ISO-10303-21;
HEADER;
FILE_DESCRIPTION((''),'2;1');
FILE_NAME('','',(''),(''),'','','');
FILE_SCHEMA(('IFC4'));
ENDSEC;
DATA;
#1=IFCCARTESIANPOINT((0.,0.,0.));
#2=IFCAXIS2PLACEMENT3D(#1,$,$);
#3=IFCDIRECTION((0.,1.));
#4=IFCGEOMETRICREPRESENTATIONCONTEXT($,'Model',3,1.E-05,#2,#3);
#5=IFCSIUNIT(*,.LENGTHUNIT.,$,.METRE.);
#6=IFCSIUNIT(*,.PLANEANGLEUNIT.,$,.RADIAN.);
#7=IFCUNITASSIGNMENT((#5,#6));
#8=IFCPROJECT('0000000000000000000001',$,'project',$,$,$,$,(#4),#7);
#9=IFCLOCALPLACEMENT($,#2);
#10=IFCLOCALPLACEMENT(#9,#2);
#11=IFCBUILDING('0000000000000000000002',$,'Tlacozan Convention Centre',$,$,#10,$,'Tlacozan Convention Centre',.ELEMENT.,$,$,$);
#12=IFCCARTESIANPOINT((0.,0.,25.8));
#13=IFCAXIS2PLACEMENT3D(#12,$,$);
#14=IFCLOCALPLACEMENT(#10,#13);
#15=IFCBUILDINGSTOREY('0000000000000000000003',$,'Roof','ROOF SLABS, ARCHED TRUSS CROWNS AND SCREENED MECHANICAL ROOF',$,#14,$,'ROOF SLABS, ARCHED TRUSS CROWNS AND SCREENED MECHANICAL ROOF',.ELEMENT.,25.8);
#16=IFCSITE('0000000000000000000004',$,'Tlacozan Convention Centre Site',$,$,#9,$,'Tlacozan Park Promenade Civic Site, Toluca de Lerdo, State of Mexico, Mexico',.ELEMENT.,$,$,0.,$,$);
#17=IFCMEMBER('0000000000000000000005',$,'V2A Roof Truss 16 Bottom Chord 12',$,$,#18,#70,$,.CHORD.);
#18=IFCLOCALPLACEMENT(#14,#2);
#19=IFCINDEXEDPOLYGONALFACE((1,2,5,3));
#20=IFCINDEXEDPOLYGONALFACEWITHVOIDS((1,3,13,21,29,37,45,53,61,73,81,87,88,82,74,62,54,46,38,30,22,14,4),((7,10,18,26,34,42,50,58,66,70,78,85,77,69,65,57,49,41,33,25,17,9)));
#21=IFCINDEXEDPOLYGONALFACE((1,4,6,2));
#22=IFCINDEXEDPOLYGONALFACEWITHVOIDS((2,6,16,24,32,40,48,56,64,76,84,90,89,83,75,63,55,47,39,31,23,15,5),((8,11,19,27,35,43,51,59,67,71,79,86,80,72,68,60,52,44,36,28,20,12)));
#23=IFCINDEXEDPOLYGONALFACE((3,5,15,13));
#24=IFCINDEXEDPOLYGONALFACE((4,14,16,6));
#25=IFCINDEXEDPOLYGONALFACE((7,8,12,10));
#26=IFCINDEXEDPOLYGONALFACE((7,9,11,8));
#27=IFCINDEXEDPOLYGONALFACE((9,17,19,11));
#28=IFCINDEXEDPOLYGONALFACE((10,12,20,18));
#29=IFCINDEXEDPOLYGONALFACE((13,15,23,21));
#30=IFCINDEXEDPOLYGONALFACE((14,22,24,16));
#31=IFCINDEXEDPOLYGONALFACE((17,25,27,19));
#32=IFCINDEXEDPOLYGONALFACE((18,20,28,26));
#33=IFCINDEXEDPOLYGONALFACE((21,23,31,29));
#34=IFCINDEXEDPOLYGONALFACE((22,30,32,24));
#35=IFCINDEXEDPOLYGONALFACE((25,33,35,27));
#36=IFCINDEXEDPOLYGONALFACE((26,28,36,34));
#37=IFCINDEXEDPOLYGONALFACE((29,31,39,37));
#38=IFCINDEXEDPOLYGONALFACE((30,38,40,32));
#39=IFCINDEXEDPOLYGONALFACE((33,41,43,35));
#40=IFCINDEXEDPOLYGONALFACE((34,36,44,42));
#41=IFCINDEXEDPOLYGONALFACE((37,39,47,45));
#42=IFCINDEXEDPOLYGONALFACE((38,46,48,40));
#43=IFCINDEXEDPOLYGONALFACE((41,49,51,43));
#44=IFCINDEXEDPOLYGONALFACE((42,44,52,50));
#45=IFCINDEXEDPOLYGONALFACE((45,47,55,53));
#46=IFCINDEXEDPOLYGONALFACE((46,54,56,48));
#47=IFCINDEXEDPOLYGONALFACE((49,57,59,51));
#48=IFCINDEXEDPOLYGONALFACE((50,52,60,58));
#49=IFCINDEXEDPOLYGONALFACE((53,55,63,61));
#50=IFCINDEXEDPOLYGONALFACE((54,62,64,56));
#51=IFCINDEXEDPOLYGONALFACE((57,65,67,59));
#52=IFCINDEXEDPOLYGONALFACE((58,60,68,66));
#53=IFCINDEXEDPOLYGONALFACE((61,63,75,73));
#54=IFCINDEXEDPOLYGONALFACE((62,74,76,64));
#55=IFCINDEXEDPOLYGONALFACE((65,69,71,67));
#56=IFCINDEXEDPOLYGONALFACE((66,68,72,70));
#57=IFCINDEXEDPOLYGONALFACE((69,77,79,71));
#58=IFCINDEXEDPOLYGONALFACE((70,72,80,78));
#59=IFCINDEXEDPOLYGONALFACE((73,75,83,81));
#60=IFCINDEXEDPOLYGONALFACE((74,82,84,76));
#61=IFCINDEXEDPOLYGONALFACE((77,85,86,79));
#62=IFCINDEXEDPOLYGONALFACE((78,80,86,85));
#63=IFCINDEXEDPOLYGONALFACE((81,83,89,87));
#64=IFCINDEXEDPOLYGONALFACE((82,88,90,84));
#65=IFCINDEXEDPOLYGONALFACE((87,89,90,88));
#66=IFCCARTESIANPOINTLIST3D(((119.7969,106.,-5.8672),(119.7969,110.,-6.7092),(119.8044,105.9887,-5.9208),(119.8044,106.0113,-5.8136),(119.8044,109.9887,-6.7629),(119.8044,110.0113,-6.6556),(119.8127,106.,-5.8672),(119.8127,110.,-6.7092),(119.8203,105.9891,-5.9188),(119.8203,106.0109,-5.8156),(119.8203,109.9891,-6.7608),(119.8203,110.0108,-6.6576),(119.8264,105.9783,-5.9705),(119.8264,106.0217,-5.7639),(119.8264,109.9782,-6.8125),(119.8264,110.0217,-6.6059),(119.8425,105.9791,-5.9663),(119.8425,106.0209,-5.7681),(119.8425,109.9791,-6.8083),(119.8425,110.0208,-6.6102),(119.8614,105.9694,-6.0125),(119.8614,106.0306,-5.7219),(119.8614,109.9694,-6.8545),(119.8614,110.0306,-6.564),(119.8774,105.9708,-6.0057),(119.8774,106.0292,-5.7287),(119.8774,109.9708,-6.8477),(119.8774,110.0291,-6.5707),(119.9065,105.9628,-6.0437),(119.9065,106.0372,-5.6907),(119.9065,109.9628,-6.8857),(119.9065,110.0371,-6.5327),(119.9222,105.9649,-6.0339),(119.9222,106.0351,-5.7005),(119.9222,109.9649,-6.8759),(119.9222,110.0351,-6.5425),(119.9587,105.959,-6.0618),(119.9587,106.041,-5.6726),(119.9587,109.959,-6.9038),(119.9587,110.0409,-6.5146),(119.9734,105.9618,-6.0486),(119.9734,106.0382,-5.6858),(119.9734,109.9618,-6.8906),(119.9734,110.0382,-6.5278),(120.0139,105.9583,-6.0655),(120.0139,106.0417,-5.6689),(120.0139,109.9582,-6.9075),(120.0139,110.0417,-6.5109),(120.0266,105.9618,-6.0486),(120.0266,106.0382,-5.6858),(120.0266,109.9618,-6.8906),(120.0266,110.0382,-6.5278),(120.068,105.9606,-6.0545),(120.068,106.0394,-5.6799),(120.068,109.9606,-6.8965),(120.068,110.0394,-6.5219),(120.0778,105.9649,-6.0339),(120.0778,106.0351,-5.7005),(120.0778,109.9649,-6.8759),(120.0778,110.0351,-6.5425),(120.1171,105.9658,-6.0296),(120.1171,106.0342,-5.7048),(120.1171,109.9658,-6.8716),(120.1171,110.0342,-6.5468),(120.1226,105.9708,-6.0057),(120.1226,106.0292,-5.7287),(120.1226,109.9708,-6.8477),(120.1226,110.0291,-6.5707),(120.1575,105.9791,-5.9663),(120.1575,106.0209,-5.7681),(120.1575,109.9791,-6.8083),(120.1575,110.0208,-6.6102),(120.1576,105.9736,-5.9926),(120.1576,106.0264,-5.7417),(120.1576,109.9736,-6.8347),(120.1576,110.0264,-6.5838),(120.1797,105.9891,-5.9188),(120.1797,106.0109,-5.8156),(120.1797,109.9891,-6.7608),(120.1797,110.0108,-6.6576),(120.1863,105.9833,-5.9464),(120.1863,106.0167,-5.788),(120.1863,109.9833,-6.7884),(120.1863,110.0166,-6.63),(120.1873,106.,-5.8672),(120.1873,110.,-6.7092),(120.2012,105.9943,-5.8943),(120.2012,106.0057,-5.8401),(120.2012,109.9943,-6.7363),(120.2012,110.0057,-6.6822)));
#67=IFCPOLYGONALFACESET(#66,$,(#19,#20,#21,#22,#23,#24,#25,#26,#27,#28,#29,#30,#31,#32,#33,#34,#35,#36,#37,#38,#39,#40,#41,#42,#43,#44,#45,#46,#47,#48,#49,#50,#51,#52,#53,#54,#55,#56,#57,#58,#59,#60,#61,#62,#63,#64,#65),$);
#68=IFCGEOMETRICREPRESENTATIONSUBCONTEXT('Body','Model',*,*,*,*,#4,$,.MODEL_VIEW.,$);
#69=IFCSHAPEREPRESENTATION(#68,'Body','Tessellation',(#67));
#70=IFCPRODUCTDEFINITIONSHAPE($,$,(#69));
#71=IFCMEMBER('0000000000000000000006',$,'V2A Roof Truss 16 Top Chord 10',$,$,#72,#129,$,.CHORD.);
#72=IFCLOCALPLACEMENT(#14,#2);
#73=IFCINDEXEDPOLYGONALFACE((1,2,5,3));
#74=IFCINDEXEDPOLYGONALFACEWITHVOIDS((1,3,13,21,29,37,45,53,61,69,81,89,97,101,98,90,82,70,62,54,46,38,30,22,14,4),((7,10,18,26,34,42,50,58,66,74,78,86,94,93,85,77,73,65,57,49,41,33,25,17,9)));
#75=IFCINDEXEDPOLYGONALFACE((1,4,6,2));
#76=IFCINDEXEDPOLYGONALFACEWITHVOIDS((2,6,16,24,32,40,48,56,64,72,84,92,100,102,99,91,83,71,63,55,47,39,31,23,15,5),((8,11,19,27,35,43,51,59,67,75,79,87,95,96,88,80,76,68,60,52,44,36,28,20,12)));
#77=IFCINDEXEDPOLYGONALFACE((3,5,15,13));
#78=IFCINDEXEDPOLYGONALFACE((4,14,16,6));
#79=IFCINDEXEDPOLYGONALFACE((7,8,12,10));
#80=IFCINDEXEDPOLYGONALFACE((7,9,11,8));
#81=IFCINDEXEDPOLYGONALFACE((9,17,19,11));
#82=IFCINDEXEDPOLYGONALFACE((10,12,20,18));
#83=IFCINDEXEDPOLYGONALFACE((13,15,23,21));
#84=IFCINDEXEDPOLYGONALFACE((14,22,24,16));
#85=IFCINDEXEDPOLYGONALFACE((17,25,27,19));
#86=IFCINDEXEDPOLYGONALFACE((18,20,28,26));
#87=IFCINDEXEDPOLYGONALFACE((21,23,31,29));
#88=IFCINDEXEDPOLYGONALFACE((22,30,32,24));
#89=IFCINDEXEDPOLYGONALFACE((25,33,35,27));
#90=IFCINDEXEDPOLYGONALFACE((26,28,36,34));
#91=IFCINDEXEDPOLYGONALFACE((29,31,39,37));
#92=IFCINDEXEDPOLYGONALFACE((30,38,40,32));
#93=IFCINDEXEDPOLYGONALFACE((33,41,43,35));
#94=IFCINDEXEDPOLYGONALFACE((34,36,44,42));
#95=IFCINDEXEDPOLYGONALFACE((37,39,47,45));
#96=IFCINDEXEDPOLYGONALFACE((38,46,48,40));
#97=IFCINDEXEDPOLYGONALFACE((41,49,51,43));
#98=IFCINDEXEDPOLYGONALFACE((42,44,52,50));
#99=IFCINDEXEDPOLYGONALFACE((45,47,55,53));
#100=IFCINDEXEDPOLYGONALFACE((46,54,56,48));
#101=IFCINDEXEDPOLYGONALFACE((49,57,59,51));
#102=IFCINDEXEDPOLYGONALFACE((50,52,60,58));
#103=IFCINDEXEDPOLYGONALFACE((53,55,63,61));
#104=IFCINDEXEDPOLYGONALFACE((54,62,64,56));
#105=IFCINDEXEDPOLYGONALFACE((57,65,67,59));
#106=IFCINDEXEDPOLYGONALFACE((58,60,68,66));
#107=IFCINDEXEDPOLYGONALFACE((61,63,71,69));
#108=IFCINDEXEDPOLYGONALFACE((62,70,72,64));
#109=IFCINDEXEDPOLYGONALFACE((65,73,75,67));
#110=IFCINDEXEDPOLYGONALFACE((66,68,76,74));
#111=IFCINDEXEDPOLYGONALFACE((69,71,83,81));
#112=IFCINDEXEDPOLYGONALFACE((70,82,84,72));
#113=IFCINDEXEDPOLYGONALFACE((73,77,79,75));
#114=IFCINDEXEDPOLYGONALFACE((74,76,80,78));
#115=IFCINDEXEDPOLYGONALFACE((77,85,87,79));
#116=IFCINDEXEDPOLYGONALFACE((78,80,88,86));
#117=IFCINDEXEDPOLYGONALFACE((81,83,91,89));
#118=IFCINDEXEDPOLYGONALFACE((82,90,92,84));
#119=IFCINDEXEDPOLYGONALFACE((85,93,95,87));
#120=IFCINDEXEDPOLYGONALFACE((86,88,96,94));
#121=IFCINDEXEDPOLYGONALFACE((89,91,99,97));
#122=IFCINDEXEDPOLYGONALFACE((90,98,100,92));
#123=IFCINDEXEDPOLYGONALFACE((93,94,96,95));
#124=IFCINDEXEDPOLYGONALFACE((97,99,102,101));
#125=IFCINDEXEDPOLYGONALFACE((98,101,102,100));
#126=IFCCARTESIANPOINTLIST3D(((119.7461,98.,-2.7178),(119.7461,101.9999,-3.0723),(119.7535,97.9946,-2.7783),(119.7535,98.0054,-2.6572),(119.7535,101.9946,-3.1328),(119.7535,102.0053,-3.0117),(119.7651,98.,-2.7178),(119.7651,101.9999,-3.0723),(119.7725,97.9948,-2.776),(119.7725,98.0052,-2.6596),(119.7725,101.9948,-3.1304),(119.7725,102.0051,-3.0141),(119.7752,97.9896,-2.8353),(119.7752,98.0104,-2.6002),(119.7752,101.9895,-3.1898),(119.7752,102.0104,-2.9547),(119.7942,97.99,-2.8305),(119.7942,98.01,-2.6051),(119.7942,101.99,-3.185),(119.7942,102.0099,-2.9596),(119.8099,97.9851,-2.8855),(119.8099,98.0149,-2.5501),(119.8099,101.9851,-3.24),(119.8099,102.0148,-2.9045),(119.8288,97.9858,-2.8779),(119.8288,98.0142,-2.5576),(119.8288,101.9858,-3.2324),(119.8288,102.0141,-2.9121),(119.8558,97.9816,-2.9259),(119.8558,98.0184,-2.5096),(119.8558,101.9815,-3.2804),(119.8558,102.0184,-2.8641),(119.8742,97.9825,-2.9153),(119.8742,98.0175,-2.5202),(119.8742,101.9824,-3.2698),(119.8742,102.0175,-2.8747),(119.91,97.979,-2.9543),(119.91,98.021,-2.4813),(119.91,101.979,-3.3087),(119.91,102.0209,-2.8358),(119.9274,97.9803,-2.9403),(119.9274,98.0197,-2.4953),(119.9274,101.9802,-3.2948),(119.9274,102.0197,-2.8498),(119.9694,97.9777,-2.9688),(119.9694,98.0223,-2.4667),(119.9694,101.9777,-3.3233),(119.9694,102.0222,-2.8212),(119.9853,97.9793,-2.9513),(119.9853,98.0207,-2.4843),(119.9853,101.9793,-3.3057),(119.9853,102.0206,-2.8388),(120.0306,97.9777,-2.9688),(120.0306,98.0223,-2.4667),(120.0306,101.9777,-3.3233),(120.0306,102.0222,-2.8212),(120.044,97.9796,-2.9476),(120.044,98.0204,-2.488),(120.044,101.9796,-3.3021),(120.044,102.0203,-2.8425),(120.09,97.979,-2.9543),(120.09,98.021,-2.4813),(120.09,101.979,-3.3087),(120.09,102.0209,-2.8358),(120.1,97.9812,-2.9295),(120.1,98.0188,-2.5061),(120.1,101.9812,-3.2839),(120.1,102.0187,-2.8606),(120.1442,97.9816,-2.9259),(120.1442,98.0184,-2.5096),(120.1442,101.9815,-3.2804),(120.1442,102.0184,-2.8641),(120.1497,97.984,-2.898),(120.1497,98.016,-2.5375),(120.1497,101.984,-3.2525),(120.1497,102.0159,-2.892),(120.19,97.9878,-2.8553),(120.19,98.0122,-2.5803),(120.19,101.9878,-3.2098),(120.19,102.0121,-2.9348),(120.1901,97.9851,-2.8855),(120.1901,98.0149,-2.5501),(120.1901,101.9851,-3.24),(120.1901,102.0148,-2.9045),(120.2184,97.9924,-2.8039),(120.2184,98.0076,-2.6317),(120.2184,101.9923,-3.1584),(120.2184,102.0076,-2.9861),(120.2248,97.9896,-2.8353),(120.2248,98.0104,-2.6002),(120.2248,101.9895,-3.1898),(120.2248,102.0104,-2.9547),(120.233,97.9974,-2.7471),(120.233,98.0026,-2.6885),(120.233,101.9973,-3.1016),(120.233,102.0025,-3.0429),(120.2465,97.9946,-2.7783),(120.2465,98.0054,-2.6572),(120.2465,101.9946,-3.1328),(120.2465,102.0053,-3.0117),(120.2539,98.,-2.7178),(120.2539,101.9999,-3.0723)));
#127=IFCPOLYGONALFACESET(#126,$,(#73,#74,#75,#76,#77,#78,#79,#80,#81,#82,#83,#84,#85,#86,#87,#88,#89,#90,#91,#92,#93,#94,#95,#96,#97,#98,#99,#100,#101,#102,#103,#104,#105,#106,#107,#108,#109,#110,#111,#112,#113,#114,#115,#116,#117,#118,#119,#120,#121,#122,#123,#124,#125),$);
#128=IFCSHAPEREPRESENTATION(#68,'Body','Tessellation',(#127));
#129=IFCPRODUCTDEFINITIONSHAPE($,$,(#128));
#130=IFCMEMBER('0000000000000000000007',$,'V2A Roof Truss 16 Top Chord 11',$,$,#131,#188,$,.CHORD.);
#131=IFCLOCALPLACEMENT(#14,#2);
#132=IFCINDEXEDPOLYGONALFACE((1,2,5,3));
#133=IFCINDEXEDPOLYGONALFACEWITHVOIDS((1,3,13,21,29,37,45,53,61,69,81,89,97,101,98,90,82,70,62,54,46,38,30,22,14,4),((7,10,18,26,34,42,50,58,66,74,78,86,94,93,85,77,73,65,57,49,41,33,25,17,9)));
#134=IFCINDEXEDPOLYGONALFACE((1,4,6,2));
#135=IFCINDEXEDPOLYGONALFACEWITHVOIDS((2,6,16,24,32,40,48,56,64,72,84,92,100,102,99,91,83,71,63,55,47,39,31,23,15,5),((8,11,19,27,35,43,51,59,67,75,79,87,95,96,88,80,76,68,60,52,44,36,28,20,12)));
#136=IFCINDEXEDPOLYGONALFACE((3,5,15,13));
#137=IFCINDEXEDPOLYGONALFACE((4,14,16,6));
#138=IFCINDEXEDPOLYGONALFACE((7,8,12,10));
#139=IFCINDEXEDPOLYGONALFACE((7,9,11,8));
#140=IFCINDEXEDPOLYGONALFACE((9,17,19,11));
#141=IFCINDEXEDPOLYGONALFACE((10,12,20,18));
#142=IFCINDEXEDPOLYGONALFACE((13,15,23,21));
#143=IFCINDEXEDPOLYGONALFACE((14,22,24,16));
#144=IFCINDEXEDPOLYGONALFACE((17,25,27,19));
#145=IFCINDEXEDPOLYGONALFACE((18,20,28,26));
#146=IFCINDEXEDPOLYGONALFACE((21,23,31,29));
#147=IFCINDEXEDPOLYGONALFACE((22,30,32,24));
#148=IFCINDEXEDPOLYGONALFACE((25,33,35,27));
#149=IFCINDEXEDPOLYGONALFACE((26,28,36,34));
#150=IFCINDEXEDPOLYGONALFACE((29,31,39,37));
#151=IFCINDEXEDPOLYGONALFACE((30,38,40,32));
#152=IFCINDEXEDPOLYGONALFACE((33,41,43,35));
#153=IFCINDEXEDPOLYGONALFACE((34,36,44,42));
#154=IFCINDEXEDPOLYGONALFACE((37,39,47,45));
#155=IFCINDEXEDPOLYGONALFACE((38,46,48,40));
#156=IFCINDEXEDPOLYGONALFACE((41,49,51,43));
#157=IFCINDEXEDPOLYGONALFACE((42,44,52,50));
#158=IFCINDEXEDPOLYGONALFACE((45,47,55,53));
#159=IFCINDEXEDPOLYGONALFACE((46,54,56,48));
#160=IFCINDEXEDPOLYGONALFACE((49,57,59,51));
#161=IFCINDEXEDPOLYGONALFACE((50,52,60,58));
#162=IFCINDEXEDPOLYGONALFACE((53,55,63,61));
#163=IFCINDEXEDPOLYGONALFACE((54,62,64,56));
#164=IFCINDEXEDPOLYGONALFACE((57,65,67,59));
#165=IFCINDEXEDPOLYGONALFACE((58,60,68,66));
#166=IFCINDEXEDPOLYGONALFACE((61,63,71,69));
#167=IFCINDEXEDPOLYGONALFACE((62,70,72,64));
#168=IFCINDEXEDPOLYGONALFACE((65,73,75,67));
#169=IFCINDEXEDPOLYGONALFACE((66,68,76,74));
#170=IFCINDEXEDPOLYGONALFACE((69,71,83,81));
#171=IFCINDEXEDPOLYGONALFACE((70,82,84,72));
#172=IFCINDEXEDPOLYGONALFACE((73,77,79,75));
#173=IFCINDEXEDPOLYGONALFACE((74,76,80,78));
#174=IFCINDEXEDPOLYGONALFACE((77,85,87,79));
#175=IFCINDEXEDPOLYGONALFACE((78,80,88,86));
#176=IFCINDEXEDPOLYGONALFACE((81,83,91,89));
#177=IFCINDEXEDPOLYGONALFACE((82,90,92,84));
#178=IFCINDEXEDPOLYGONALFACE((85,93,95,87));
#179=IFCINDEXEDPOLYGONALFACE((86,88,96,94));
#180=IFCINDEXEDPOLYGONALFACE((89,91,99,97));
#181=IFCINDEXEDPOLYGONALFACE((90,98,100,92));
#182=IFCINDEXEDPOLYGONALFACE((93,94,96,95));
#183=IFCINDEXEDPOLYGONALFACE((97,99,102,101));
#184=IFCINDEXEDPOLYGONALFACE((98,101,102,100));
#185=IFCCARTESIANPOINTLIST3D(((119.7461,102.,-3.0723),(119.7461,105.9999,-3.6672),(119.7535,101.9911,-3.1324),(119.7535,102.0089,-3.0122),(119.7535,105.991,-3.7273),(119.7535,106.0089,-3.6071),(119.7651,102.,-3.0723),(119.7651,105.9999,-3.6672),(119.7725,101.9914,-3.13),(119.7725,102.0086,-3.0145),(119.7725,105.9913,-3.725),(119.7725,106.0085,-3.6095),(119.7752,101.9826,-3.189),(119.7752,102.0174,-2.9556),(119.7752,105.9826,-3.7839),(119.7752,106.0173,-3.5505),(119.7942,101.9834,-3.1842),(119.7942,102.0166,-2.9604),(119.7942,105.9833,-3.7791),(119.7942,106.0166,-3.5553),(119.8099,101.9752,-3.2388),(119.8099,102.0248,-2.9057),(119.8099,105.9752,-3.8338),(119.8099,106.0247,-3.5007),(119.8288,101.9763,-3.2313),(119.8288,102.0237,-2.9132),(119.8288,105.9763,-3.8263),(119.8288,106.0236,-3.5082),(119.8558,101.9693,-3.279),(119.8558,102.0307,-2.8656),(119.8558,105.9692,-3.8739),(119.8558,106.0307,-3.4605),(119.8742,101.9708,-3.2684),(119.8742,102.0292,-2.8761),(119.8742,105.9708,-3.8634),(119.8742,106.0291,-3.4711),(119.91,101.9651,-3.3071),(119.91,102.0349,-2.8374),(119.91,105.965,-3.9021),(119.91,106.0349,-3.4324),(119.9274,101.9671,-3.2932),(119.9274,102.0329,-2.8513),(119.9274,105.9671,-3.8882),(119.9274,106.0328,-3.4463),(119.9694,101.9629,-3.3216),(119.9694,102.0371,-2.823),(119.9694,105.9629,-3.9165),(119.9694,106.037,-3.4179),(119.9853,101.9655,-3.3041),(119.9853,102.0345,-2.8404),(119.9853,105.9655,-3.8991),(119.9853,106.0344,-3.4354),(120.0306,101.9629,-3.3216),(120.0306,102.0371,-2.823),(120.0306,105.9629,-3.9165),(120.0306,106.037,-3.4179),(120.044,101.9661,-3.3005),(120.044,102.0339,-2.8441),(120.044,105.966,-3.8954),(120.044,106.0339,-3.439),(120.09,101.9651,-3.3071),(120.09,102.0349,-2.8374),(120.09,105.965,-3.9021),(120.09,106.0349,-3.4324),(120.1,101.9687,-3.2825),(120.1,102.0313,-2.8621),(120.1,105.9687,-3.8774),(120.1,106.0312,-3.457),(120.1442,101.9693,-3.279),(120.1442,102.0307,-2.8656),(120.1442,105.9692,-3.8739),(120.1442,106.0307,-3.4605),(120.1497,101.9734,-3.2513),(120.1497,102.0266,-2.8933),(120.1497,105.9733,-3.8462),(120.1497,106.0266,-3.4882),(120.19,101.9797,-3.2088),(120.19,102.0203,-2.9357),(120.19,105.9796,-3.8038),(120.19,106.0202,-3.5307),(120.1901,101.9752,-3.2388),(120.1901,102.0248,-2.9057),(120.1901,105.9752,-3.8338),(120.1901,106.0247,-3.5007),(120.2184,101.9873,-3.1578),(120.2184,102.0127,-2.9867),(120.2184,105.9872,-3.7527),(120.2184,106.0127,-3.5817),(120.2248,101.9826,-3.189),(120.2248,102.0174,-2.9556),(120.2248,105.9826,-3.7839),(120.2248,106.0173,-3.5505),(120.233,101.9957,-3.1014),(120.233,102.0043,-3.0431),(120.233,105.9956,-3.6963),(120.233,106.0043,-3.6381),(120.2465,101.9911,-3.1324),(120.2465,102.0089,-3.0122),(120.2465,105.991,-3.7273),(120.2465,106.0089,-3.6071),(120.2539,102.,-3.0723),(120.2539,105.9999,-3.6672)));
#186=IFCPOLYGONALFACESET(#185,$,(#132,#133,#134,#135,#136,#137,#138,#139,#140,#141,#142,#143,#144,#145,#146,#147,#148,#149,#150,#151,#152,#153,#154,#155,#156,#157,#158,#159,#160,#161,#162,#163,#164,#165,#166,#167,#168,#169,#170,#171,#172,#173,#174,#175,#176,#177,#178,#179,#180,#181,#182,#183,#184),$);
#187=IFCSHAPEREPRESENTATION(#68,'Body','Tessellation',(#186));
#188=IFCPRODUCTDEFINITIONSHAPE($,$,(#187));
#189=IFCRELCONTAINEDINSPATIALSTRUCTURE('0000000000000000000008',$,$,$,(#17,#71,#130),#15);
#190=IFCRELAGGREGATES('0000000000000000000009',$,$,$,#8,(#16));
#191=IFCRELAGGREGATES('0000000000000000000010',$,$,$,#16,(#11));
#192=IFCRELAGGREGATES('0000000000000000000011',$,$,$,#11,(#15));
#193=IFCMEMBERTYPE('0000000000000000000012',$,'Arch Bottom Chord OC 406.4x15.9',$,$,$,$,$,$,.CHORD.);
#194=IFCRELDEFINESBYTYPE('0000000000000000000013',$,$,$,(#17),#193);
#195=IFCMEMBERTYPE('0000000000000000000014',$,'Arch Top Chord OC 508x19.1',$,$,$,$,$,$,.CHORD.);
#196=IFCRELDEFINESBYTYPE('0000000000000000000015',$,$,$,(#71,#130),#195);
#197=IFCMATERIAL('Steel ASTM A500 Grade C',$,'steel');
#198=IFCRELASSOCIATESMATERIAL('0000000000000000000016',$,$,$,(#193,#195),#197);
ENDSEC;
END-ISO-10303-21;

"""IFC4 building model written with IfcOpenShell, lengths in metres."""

from ifc_helpers import new_model, si_unit, direction, frame, origin, origin_2d, place, context, subcontext, project, spatial, hollow_circle, extrude, material, material_profile, profile_set, type_object, element, save


model = new_model("IFC4")

# Units and contexts
model_context = context("Model", 3, precision=1e-05, world=origin(), true_north=direction((0.0, 1.0)))
body_context = subcontext(model_context, "Body", "Model", "MODEL_VIEW")
ifc_project = project(units=[si_unit("LENGTHUNIT", "METRE"), si_unit("PLANEANGLEUNIT", "RADIAN")], contexts=[model_context])

# Site, building, storey
site_placement = place(None, origin())
site = spatial("IfcSite", under=ifc_project, at=site_placement, Name="Tlacozan Convention Centre Site", LongName="Tlacozan Park Promenade Civic Site, Toluca de Lerdo, State of Mexico, Mexico", CompositionType="ELEMENT", RefElevation=0.0)
building_placement = place(site_placement, origin())
building = spatial("IfcBuilding", under=site, at=building_placement, Name="Tlacozan Convention Centre", LongName="Tlacozan Convention Centre", CompositionType="ELEMENT")
storey_placement = place(building_placement, frame((0.0, 0.0, 25.8)))
storey = spatial("IfcBuildingStorey", under=building, at=storey_placement, Name="Roof", Description="ROOF SLABS, ARCHED TRUSS CROWNS AND SCREENED MECHANICAL ROOF", LongName="ROOF SLABS, ARCHED TRUSS CROWNS AND SCREENED MECHANICAL ROOF", CompositionType="ELEMENT", Elevation=25.8)

# Members
ifc_material_1 = material(Name="Steel ASTM A500 Grade C", Category="steel")
ifc_material_profile_1 = material_profile(ifc_material_1, hollow_circle(Radius=0.2031, WallThickness=0.0159, at=origin_2d()), Name="OC 406.4x15.9")
ifc_profile_set_1 = profile_set([ifc_material_profile_1], Name="Steel ASTM A500 Grade C")
member_type_1 = type_object("IfcMemberType", Name="Arch Bottom Chord OC 406.4x15.9", PredefinedType="CHORD", material=ifc_profile_set_1)
member_1_placement = place(storey_placement, frame((120.0, 106.0, -5.8672), z_axis=(0.0, 0.978553, -0.205995), x_axis=(-1.0, 0.0, 0.0)))
element("IfcMember", 1, at=member_1_placement, inside=storey, type_object=member_type_1, Name="V2A Roof Truss 16 Bottom Chord 12", PredefinedType="CHORD", context=body_context, shape_type="SweptSolid", body=[
    extrude(hollow_circle(Radius=0.2031, WallThickness=0.0159, at=origin_2d()), origin(), (0.0, 0.0, 1.0), 4.0876),
])
ifc_material_profile_2 = material_profile(ifc_material_1, hollow_circle(Radius=0.2539, WallThickness=0.019, at=origin_2d()), Name="OC 508.0x19.1")
ifc_profile_set_2 = profile_set([ifc_material_profile_2], Name="Steel ASTM A500 Grade C")
member_type_2 = type_object("IfcMemberType", Name="Arch Top Chord OC 508x19.1", PredefinedType="CHORD", material=ifc_profile_set_2)
member_2_placement = place(storey_placement, frame((120.0, 98.0, -2.7178), z_axis=(0.0, 0.996096, -0.088277), x_axis=(-1.0, 0.0, 0.0)))
element("IfcMember", 2, at=member_2_placement, inside=storey, type_object=member_type_2, Name="V2A Roof Truss 16 Top Chord 10", PredefinedType="CHORD", context=body_context, shape_type="SweptSolid", body=[
    extrude(hollow_circle(Radius=0.2539, WallThickness=0.019, at=origin_2d()), origin(), (0.0, 0.0, 1.0), 4.0156),
])
member_3_placement = place(storey_placement, frame((120.0, 102.0, -3.0723), z_axis=(0.0, 0.989118, -0.147124), x_axis=(-1.0, 0.0, 0.0)))
element("IfcMember", 3, at=member_3_placement, inside=storey, type_object=member_type_2, Name="V2A Roof Truss 16 Top Chord 11", PredefinedType="CHORD", context=body_context, shape_type="SweptSolid", body=[
    extrude(hollow_circle(Radius=0.2539, WallThickness=0.019, at=origin_2d()), origin(), (0.0, 0.0, 1.0), 4.0439),
])

save(model, "model.ifc")
